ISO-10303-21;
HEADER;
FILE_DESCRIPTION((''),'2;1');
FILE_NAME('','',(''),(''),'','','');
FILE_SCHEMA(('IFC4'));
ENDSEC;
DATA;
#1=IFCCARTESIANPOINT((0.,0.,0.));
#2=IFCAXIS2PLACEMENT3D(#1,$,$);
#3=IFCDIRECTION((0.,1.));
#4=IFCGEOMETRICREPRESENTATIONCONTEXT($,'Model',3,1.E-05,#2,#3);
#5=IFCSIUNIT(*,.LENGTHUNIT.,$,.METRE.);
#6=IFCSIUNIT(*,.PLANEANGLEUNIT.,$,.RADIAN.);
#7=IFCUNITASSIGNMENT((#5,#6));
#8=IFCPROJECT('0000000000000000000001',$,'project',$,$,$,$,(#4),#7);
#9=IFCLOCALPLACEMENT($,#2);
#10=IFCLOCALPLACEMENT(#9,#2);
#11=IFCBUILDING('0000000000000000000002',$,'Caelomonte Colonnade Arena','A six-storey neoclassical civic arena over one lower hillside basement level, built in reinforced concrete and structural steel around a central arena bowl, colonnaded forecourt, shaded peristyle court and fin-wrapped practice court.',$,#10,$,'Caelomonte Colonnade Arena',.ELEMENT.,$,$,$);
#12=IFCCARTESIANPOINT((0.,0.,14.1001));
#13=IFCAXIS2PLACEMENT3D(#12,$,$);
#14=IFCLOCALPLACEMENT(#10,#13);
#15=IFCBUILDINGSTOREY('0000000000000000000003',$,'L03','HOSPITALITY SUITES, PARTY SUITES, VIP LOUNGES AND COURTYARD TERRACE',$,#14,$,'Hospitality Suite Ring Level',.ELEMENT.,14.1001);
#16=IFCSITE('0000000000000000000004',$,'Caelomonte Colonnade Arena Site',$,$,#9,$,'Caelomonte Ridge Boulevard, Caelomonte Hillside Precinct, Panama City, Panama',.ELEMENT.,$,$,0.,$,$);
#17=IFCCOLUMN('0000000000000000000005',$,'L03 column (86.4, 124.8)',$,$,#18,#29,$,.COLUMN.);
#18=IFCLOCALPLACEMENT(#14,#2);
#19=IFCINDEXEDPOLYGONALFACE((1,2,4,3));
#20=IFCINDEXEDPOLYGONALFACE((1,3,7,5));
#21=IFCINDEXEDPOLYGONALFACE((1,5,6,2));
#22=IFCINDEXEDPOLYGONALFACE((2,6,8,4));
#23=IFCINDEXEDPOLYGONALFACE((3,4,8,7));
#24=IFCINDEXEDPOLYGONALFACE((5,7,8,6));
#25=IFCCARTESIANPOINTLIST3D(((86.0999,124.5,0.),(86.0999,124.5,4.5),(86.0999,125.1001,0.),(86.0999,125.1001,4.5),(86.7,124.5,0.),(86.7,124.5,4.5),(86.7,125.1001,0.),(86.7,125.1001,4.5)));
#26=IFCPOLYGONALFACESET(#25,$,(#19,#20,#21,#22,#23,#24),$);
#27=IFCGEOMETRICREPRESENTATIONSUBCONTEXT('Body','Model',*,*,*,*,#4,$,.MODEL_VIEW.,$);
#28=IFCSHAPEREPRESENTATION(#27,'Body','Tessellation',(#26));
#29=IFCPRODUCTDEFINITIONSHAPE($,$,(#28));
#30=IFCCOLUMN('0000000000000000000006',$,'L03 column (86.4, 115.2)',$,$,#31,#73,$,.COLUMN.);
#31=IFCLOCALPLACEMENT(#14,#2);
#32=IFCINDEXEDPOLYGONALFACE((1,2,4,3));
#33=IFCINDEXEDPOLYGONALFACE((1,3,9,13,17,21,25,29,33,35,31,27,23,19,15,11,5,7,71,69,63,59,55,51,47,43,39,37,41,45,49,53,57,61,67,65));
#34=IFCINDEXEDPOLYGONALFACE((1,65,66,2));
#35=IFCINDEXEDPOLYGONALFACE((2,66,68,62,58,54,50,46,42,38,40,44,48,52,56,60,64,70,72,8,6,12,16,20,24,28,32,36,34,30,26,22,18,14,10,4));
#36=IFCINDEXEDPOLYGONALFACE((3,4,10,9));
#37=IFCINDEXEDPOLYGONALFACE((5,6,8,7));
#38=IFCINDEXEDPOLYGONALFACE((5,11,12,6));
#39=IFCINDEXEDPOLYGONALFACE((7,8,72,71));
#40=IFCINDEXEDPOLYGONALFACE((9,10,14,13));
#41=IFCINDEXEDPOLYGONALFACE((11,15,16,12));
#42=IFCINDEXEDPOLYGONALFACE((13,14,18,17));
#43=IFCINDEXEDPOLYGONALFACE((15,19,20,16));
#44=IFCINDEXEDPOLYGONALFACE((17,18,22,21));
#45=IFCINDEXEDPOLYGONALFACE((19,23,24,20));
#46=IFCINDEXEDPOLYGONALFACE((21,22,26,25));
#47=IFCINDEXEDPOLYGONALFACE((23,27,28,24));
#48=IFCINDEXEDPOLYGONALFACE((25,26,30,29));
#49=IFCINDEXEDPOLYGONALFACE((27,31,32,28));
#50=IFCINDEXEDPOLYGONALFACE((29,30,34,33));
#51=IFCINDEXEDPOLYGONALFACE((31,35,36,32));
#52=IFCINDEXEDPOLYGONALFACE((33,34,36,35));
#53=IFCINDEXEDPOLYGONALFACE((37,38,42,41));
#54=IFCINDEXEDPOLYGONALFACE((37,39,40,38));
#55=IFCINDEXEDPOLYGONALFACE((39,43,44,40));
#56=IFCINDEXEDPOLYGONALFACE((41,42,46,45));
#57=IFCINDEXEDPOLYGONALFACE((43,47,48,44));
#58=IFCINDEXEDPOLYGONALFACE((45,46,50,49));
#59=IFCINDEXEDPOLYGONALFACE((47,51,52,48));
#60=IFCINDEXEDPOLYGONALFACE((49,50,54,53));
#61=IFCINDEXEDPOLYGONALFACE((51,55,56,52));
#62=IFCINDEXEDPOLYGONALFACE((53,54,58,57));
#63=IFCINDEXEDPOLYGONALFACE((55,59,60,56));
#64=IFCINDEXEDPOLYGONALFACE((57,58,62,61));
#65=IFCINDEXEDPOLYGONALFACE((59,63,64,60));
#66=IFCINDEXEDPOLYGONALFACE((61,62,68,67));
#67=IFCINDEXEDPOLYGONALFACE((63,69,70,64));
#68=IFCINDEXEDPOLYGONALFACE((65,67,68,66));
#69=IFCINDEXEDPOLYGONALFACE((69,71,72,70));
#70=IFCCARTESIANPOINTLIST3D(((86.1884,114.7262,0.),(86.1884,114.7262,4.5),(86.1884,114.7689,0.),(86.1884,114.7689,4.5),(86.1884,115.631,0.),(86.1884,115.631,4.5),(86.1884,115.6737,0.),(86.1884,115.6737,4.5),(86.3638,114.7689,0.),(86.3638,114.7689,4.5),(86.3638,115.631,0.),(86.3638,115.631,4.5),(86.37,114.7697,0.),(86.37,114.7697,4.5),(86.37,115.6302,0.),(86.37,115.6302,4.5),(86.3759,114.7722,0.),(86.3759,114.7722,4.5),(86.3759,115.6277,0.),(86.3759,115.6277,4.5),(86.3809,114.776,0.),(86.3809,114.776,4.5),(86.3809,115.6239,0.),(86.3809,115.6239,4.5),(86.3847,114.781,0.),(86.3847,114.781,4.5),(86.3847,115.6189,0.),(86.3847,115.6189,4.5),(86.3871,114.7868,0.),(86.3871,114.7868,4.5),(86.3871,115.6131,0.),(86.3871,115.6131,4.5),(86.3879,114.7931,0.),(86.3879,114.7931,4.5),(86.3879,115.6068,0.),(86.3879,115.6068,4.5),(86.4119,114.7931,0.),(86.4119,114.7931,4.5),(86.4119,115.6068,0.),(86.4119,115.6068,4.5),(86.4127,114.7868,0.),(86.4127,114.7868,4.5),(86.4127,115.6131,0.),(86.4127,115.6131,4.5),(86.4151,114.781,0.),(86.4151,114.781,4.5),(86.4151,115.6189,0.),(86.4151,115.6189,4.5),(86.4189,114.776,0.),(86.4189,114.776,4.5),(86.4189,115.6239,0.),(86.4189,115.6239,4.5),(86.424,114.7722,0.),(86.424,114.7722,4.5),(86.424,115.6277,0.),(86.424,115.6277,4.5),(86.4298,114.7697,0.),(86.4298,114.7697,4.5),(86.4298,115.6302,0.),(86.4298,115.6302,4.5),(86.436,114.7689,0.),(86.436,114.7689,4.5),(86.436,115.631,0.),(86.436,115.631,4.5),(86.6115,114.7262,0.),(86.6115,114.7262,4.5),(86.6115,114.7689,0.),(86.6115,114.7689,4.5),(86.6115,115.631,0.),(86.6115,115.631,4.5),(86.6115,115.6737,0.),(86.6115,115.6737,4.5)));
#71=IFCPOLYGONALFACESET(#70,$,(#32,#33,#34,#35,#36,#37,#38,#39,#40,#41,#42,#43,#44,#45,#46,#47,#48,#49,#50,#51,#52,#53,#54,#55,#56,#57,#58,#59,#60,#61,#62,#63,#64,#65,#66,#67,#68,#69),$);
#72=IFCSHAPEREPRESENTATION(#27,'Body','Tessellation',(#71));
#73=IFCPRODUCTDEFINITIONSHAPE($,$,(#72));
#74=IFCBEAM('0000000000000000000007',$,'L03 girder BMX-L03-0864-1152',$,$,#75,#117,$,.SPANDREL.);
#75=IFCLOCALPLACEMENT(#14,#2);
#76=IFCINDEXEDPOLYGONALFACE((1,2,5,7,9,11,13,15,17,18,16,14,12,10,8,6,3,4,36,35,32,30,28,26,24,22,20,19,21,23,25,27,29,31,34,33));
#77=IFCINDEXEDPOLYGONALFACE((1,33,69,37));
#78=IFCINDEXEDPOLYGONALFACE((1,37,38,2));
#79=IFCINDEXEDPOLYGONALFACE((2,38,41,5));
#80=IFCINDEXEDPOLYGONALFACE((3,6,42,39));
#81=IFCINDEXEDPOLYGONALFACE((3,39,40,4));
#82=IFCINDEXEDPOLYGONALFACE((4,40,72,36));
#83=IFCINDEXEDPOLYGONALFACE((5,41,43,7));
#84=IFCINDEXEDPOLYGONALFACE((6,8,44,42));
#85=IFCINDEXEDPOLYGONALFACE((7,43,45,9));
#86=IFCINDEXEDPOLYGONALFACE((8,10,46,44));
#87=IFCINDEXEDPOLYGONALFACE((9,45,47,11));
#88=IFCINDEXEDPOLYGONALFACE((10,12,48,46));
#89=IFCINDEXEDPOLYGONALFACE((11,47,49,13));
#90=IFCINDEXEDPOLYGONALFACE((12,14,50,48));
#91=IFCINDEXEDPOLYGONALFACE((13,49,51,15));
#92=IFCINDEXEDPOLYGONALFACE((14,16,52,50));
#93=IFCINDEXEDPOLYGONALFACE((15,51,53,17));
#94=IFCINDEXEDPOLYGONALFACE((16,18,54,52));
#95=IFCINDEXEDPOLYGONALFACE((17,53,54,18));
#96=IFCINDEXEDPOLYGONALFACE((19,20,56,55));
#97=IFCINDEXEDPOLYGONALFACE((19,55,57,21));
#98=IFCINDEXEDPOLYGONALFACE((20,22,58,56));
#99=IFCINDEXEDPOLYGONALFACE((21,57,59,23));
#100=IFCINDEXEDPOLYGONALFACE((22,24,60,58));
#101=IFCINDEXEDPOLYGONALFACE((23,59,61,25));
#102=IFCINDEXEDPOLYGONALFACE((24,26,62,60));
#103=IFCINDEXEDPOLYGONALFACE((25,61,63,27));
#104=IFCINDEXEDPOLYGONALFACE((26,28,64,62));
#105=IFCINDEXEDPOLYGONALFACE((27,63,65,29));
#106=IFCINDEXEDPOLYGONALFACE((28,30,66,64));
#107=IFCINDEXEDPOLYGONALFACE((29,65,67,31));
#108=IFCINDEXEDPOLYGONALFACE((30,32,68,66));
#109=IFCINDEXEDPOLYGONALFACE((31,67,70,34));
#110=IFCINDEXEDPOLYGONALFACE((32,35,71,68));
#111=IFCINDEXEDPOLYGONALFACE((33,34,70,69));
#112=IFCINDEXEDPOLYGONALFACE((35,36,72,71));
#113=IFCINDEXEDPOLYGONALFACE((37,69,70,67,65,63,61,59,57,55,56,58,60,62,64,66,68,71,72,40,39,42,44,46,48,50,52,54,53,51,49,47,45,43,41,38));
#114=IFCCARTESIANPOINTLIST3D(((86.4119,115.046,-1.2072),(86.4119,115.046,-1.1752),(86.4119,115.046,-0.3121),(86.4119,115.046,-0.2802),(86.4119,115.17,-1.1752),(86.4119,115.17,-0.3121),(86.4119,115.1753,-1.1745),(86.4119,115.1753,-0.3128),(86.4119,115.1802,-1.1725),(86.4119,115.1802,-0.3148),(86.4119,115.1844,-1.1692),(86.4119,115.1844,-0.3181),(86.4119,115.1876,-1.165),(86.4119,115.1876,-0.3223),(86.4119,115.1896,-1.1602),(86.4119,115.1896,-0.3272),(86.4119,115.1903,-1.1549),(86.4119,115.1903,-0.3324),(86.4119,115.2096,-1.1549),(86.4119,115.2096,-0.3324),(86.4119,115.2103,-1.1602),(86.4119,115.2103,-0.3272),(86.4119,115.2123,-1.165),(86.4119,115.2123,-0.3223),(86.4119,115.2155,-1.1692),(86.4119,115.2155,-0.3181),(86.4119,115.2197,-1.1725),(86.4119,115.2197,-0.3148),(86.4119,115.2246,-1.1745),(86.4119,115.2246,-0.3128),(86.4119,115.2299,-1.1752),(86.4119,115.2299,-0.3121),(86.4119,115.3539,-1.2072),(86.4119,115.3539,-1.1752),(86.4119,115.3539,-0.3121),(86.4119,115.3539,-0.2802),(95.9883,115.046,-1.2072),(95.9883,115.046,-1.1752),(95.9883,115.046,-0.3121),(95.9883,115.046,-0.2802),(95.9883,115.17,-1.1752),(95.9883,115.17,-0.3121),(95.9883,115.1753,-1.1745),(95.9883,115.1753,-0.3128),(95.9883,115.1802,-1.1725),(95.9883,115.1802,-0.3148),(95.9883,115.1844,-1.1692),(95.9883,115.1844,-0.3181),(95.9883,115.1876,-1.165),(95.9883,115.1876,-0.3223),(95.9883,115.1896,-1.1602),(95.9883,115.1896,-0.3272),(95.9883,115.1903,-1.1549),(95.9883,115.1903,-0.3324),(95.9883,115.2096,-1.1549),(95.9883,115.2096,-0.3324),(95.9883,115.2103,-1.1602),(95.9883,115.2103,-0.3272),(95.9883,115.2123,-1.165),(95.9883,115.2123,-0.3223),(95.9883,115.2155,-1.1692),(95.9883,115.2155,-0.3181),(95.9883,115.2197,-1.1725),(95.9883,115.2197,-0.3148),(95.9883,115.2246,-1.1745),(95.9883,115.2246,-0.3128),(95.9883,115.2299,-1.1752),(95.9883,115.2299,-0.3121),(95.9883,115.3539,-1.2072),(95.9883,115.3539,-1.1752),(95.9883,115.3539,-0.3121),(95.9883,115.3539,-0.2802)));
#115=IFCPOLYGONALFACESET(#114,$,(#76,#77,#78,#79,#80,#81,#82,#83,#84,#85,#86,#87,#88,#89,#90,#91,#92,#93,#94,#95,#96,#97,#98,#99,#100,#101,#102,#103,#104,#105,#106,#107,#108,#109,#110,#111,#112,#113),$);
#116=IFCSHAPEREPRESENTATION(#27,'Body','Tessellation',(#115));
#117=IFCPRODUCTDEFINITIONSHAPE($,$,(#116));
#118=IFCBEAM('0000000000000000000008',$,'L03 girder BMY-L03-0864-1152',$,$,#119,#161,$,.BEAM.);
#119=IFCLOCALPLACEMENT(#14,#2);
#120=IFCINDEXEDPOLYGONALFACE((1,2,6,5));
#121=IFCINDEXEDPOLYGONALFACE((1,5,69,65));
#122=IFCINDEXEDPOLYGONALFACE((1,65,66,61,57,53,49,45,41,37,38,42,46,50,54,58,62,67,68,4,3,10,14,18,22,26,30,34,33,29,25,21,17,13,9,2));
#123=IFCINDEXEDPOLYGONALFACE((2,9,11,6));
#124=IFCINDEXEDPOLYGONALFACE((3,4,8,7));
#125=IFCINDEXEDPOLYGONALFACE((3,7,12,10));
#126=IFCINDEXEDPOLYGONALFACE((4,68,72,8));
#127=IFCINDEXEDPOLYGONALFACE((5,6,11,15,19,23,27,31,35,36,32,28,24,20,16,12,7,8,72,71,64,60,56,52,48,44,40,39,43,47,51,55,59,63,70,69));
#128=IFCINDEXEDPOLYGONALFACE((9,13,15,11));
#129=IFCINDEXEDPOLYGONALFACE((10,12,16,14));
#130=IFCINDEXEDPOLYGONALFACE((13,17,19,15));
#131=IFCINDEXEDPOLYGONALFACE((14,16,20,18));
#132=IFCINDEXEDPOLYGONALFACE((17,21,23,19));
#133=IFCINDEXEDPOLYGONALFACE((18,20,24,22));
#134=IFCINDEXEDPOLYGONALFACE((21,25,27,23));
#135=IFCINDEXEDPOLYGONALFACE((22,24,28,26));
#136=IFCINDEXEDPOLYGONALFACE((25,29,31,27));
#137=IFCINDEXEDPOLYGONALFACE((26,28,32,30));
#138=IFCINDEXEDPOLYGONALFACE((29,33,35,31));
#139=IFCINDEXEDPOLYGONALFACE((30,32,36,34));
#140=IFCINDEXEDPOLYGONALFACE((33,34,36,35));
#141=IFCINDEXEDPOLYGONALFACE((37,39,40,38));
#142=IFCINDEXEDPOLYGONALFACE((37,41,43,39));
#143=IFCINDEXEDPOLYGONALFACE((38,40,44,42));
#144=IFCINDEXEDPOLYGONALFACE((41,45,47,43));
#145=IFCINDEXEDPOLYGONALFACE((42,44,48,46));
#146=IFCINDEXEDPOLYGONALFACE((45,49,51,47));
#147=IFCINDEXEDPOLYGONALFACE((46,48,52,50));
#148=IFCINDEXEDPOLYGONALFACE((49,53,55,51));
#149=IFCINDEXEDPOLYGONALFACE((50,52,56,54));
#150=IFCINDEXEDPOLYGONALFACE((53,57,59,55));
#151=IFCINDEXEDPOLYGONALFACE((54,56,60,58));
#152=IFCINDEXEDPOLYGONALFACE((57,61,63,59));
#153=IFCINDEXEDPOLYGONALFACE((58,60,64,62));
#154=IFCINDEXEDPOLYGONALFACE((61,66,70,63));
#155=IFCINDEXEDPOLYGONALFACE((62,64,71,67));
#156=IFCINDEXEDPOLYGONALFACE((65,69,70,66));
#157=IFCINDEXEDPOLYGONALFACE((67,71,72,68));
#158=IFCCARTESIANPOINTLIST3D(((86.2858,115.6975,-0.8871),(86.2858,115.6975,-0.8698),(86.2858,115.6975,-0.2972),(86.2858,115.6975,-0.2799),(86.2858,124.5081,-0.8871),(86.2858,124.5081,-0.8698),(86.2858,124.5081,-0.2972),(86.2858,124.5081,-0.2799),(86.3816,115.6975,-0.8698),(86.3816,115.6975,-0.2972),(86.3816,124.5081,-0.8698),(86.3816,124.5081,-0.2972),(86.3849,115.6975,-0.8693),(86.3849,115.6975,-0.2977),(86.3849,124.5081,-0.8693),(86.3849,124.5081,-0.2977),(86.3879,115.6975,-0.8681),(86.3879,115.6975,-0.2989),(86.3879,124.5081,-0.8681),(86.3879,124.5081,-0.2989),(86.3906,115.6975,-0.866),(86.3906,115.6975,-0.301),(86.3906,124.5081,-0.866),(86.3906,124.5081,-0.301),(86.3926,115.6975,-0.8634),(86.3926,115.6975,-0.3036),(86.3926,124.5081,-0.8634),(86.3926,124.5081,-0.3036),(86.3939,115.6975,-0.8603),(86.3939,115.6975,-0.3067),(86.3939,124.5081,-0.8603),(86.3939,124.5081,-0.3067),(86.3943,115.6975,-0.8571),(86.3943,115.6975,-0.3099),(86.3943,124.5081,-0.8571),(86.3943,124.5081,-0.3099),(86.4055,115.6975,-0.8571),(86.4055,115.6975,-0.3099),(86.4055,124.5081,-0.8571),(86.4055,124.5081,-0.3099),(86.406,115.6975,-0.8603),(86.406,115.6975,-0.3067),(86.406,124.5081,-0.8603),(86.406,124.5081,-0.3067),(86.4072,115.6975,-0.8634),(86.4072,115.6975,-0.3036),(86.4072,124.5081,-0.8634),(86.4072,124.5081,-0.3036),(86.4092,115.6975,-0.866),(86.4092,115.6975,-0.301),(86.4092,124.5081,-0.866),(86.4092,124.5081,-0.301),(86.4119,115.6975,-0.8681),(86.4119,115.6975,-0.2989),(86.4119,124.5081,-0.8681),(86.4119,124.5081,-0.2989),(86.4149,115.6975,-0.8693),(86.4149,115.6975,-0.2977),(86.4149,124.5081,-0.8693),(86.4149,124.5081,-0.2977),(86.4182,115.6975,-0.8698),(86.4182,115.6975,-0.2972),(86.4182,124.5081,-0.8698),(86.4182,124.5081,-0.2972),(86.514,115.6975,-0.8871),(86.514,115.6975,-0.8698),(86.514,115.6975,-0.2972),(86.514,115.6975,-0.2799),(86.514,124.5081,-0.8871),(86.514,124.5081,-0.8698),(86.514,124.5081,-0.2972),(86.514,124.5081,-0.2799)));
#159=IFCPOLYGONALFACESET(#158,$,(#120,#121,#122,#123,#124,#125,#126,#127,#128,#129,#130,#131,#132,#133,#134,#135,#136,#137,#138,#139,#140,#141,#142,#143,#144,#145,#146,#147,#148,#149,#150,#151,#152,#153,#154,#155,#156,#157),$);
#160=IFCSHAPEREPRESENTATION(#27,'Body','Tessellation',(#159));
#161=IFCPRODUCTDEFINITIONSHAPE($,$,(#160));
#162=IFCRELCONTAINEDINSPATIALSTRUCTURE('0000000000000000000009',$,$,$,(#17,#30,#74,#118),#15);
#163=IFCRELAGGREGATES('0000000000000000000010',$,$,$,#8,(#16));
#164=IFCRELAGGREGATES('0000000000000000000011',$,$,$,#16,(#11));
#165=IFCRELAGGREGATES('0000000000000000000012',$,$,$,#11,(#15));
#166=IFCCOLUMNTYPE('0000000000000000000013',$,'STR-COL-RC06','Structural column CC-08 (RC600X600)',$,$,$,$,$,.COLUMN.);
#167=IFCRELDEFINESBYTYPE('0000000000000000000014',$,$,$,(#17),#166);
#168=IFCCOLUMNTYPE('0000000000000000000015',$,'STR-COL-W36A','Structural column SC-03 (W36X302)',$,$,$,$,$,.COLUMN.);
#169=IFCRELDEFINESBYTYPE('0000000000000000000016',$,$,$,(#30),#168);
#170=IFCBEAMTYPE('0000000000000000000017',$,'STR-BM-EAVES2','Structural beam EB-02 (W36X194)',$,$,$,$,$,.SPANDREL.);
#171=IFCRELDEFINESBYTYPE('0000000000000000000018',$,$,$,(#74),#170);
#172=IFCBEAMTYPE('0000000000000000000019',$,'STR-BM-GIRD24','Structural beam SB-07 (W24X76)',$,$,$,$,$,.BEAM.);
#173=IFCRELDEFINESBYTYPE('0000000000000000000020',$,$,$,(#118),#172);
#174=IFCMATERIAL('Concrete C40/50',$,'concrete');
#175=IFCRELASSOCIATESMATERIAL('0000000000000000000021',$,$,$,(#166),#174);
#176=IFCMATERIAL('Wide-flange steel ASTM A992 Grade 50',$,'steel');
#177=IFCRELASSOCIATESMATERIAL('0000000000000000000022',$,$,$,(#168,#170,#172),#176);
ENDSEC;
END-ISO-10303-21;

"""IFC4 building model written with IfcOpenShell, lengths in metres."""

from ifc_helpers import new_model, si_unit, direction, frame, origin, origin_2d, place, context, subcontext, project, spatial, rectangle, i_section, extrude, material, material_profile, profile_set, type_object, element, save


model = new_model("IFC4")

# Units and contexts
model_context = context("Model", 3, precision=1e-05, world=origin(), true_north=direction((0.0, 1.0)))
body_context = subcontext(model_context, "Body", "Model", "MODEL_VIEW")
ifc_project = project(units=[si_unit("LENGTHUNIT", "METRE"), si_unit("PLANEANGLEUNIT", "RADIAN")], contexts=[model_context])

# Site, building, storey
site_placement = place(None, origin())
site = spatial("IfcSite", under=ifc_project, at=site_placement, Name="Caelomonte Colonnade Arena Site", LongName="Caelomonte Ridge Boulevard, Caelomonte Hillside Precinct, Panama City, Panama", CompositionType="ELEMENT", RefElevation=0.0)
building_placement = place(site_placement, origin())
building = spatial("IfcBuilding", under=site, at=building_placement, Name="Caelomonte Colonnade Arena", Description="A six-storey neoclassical civic arena over one lower hillside basement level, built in reinforced concrete and structural steel around a central arena bowl, colonnaded forecourt, shaded peristyle court and fin-wrapped practice court.", LongName="Caelomonte Colonnade Arena", CompositionType="ELEMENT")
storey_placement = place(building_placement, frame((0.0, 0.0, 14.1001)))
storey = spatial("IfcBuildingStorey", under=building, at=storey_placement, Name="L03", Description="HOSPITALITY SUITES, PARTY SUITES, VIP LOUNGES AND COURTYARD TERRACE", LongName="Hospitality Suite Ring Level", CompositionType="ELEMENT", Elevation=14.1001)

# Columns
ifc_material_1 = material(Name="Concrete C40/50", Category="concrete")
ifc_material_profile_1 = material_profile(ifc_material_1, rectangle(XDim=0.6001, YDim=0.6001, at=origin_2d()), Name="RC600X600")
ifc_profile_set_1 = profile_set([ifc_material_profile_1], Name="Concrete C40/50")
column_type_1 = type_object("IfcColumnType", Name="STR-COL-RC06", Description="Structural column CC-08 (RC600X600)", PredefinedType="COLUMN", material=ifc_profile_set_1)
column_1_placement = place(storey_placement, frame((86.3999, 124.8, 0.0), z_axis=(0.0, 0.0, 1.0), x_axis=(1.0, 0.0, 0.0)))
element("IfcColumn", 1, at=column_1_placement, inside=storey, type_object=column_type_1, Name="L03 column (86.4, 124.8)", PredefinedType="COLUMN", context=body_context, shape_type="SweptSolid", body=[
    extrude(rectangle(XDim=0.6001, YDim=0.6001, at=origin_2d()), origin(), (0.0, 0.0, 1.0), 4.5),
])
ifc_material_2 = material(Name="Wide-flange steel ASTM A992 Grade 50", Category="steel")
ifc_material_profile_2 = material_profile(ifc_material_2, i_section(OverallWidth=0.4231, OverallDepth=0.9475, WebThickness=0.0239, FlangeThickness=0.0427, FilletRadius=0.0242, at=origin_2d()), Name="W36X302")
ifc_profile_set_2 = profile_set([ifc_material_profile_2], Name="Wide-flange steel ASTM A992 Grade 50")
column_type_2 = type_object("IfcColumnType", Name="STR-COL-W36A", Description="Structural column SC-03 (W36X302)", PredefinedType="COLUMN", material=ifc_profile_set_2)
column_2_placement = place(storey_placement, frame((86.3999, 115.2, 0.0), z_axis=(0.0, 0.0, 1.0), x_axis=(1.0, 0.0, 0.0)))
element("IfcColumn", 2, at=column_2_placement, inside=storey, type_object=column_type_2, Name="L03 column (86.4, 115.2)", PredefinedType="COLUMN", context=body_context, shape_type="SweptSolid", body=[
    extrude(i_section(OverallWidth=0.4231, OverallDepth=0.9475, WebThickness=0.0239, FlangeThickness=0.0427, FilletRadius=0.0242, at=origin_2d()), origin(), (0.0, 0.0, 1.0), 4.5),
])

# Beams
ifc_material_profile_3 = material_profile(ifc_material_2, i_section(OverallWidth=0.3079, OverallDepth=0.927, WebThickness=0.0193, FlangeThickness=0.032, FilletRadius=0.0203, at=origin_2d()), Name="W36X194")
ifc_profile_set_3 = profile_set([ifc_material_profile_3], Name="Wide-flange steel ASTM A992 Grade 50")
beam_type_1 = type_object("IfcBeamType", Name="STR-BM-EAVES2", Description="Structural beam EB-02 (W36X194)", PredefinedType="SPANDREL", material=ifc_profile_set_3)
beam_1_placement = place(storey_placement, frame((86.4119, 115.2, -0.7437), z_axis=(1.0, 0.0, 0.0), x_axis=(0.0, 1.0, 0.0)))
element("IfcBeam", 3, at=beam_1_placement, inside=storey, type_object=beam_type_1, Name="L03 girder BMX-L03-0864-1152", PredefinedType="SPANDREL", context=body_context, shape_type="SweptSolid", body=[
    extrude(i_section(OverallWidth=0.3079, OverallDepth=0.927, WebThickness=0.0193, FlangeThickness=0.032, FilletRadius=0.0203, at=origin_2d()), origin(), (0.0, 0.0, 1.0), 9.5764),
])
ifc_material_profile_4 = material_profile(ifc_material_2, i_section(OverallWidth=0.2283, OverallDepth=0.6072, WebThickness=0.0112, FlangeThickness=0.0173, FilletRadius=0.0127, at=origin_2d()), Name="W24X76")
ifc_profile_set_4 = profile_set([ifc_material_profile_4], Name="Wide-flange steel ASTM A992 Grade 50")
beam_type_2 = type_object("IfcBeamType", Name="STR-BM-GIRD24", Description="Structural beam SB-07 (W24X76)", PredefinedType="BEAM", material=ifc_profile_set_4)
beam_2_placement = place(storey_placement, frame((86.3999, 115.6975, -0.5835), z_axis=(0.0, 1.0, 0.0), x_axis=(-1.0, 0.0, 0.0)))
element("IfcBeam", 4, at=beam_2_placement, inside=storey, type_object=beam_type_2, Name="L03 girder BMY-L03-0864-1152", PredefinedType="BEAM", context=body_context, shape_type="SweptSolid", body=[
    extrude(i_section(OverallWidth=0.2283, OverallDepth=0.6072, WebThickness=0.0112, FlangeThickness=0.0173, FilletRadius=0.0127, at=origin_2d()), origin(), (0.0, 0.0, 1.0), 8.8105),
])

save(model, "model.ifc")
